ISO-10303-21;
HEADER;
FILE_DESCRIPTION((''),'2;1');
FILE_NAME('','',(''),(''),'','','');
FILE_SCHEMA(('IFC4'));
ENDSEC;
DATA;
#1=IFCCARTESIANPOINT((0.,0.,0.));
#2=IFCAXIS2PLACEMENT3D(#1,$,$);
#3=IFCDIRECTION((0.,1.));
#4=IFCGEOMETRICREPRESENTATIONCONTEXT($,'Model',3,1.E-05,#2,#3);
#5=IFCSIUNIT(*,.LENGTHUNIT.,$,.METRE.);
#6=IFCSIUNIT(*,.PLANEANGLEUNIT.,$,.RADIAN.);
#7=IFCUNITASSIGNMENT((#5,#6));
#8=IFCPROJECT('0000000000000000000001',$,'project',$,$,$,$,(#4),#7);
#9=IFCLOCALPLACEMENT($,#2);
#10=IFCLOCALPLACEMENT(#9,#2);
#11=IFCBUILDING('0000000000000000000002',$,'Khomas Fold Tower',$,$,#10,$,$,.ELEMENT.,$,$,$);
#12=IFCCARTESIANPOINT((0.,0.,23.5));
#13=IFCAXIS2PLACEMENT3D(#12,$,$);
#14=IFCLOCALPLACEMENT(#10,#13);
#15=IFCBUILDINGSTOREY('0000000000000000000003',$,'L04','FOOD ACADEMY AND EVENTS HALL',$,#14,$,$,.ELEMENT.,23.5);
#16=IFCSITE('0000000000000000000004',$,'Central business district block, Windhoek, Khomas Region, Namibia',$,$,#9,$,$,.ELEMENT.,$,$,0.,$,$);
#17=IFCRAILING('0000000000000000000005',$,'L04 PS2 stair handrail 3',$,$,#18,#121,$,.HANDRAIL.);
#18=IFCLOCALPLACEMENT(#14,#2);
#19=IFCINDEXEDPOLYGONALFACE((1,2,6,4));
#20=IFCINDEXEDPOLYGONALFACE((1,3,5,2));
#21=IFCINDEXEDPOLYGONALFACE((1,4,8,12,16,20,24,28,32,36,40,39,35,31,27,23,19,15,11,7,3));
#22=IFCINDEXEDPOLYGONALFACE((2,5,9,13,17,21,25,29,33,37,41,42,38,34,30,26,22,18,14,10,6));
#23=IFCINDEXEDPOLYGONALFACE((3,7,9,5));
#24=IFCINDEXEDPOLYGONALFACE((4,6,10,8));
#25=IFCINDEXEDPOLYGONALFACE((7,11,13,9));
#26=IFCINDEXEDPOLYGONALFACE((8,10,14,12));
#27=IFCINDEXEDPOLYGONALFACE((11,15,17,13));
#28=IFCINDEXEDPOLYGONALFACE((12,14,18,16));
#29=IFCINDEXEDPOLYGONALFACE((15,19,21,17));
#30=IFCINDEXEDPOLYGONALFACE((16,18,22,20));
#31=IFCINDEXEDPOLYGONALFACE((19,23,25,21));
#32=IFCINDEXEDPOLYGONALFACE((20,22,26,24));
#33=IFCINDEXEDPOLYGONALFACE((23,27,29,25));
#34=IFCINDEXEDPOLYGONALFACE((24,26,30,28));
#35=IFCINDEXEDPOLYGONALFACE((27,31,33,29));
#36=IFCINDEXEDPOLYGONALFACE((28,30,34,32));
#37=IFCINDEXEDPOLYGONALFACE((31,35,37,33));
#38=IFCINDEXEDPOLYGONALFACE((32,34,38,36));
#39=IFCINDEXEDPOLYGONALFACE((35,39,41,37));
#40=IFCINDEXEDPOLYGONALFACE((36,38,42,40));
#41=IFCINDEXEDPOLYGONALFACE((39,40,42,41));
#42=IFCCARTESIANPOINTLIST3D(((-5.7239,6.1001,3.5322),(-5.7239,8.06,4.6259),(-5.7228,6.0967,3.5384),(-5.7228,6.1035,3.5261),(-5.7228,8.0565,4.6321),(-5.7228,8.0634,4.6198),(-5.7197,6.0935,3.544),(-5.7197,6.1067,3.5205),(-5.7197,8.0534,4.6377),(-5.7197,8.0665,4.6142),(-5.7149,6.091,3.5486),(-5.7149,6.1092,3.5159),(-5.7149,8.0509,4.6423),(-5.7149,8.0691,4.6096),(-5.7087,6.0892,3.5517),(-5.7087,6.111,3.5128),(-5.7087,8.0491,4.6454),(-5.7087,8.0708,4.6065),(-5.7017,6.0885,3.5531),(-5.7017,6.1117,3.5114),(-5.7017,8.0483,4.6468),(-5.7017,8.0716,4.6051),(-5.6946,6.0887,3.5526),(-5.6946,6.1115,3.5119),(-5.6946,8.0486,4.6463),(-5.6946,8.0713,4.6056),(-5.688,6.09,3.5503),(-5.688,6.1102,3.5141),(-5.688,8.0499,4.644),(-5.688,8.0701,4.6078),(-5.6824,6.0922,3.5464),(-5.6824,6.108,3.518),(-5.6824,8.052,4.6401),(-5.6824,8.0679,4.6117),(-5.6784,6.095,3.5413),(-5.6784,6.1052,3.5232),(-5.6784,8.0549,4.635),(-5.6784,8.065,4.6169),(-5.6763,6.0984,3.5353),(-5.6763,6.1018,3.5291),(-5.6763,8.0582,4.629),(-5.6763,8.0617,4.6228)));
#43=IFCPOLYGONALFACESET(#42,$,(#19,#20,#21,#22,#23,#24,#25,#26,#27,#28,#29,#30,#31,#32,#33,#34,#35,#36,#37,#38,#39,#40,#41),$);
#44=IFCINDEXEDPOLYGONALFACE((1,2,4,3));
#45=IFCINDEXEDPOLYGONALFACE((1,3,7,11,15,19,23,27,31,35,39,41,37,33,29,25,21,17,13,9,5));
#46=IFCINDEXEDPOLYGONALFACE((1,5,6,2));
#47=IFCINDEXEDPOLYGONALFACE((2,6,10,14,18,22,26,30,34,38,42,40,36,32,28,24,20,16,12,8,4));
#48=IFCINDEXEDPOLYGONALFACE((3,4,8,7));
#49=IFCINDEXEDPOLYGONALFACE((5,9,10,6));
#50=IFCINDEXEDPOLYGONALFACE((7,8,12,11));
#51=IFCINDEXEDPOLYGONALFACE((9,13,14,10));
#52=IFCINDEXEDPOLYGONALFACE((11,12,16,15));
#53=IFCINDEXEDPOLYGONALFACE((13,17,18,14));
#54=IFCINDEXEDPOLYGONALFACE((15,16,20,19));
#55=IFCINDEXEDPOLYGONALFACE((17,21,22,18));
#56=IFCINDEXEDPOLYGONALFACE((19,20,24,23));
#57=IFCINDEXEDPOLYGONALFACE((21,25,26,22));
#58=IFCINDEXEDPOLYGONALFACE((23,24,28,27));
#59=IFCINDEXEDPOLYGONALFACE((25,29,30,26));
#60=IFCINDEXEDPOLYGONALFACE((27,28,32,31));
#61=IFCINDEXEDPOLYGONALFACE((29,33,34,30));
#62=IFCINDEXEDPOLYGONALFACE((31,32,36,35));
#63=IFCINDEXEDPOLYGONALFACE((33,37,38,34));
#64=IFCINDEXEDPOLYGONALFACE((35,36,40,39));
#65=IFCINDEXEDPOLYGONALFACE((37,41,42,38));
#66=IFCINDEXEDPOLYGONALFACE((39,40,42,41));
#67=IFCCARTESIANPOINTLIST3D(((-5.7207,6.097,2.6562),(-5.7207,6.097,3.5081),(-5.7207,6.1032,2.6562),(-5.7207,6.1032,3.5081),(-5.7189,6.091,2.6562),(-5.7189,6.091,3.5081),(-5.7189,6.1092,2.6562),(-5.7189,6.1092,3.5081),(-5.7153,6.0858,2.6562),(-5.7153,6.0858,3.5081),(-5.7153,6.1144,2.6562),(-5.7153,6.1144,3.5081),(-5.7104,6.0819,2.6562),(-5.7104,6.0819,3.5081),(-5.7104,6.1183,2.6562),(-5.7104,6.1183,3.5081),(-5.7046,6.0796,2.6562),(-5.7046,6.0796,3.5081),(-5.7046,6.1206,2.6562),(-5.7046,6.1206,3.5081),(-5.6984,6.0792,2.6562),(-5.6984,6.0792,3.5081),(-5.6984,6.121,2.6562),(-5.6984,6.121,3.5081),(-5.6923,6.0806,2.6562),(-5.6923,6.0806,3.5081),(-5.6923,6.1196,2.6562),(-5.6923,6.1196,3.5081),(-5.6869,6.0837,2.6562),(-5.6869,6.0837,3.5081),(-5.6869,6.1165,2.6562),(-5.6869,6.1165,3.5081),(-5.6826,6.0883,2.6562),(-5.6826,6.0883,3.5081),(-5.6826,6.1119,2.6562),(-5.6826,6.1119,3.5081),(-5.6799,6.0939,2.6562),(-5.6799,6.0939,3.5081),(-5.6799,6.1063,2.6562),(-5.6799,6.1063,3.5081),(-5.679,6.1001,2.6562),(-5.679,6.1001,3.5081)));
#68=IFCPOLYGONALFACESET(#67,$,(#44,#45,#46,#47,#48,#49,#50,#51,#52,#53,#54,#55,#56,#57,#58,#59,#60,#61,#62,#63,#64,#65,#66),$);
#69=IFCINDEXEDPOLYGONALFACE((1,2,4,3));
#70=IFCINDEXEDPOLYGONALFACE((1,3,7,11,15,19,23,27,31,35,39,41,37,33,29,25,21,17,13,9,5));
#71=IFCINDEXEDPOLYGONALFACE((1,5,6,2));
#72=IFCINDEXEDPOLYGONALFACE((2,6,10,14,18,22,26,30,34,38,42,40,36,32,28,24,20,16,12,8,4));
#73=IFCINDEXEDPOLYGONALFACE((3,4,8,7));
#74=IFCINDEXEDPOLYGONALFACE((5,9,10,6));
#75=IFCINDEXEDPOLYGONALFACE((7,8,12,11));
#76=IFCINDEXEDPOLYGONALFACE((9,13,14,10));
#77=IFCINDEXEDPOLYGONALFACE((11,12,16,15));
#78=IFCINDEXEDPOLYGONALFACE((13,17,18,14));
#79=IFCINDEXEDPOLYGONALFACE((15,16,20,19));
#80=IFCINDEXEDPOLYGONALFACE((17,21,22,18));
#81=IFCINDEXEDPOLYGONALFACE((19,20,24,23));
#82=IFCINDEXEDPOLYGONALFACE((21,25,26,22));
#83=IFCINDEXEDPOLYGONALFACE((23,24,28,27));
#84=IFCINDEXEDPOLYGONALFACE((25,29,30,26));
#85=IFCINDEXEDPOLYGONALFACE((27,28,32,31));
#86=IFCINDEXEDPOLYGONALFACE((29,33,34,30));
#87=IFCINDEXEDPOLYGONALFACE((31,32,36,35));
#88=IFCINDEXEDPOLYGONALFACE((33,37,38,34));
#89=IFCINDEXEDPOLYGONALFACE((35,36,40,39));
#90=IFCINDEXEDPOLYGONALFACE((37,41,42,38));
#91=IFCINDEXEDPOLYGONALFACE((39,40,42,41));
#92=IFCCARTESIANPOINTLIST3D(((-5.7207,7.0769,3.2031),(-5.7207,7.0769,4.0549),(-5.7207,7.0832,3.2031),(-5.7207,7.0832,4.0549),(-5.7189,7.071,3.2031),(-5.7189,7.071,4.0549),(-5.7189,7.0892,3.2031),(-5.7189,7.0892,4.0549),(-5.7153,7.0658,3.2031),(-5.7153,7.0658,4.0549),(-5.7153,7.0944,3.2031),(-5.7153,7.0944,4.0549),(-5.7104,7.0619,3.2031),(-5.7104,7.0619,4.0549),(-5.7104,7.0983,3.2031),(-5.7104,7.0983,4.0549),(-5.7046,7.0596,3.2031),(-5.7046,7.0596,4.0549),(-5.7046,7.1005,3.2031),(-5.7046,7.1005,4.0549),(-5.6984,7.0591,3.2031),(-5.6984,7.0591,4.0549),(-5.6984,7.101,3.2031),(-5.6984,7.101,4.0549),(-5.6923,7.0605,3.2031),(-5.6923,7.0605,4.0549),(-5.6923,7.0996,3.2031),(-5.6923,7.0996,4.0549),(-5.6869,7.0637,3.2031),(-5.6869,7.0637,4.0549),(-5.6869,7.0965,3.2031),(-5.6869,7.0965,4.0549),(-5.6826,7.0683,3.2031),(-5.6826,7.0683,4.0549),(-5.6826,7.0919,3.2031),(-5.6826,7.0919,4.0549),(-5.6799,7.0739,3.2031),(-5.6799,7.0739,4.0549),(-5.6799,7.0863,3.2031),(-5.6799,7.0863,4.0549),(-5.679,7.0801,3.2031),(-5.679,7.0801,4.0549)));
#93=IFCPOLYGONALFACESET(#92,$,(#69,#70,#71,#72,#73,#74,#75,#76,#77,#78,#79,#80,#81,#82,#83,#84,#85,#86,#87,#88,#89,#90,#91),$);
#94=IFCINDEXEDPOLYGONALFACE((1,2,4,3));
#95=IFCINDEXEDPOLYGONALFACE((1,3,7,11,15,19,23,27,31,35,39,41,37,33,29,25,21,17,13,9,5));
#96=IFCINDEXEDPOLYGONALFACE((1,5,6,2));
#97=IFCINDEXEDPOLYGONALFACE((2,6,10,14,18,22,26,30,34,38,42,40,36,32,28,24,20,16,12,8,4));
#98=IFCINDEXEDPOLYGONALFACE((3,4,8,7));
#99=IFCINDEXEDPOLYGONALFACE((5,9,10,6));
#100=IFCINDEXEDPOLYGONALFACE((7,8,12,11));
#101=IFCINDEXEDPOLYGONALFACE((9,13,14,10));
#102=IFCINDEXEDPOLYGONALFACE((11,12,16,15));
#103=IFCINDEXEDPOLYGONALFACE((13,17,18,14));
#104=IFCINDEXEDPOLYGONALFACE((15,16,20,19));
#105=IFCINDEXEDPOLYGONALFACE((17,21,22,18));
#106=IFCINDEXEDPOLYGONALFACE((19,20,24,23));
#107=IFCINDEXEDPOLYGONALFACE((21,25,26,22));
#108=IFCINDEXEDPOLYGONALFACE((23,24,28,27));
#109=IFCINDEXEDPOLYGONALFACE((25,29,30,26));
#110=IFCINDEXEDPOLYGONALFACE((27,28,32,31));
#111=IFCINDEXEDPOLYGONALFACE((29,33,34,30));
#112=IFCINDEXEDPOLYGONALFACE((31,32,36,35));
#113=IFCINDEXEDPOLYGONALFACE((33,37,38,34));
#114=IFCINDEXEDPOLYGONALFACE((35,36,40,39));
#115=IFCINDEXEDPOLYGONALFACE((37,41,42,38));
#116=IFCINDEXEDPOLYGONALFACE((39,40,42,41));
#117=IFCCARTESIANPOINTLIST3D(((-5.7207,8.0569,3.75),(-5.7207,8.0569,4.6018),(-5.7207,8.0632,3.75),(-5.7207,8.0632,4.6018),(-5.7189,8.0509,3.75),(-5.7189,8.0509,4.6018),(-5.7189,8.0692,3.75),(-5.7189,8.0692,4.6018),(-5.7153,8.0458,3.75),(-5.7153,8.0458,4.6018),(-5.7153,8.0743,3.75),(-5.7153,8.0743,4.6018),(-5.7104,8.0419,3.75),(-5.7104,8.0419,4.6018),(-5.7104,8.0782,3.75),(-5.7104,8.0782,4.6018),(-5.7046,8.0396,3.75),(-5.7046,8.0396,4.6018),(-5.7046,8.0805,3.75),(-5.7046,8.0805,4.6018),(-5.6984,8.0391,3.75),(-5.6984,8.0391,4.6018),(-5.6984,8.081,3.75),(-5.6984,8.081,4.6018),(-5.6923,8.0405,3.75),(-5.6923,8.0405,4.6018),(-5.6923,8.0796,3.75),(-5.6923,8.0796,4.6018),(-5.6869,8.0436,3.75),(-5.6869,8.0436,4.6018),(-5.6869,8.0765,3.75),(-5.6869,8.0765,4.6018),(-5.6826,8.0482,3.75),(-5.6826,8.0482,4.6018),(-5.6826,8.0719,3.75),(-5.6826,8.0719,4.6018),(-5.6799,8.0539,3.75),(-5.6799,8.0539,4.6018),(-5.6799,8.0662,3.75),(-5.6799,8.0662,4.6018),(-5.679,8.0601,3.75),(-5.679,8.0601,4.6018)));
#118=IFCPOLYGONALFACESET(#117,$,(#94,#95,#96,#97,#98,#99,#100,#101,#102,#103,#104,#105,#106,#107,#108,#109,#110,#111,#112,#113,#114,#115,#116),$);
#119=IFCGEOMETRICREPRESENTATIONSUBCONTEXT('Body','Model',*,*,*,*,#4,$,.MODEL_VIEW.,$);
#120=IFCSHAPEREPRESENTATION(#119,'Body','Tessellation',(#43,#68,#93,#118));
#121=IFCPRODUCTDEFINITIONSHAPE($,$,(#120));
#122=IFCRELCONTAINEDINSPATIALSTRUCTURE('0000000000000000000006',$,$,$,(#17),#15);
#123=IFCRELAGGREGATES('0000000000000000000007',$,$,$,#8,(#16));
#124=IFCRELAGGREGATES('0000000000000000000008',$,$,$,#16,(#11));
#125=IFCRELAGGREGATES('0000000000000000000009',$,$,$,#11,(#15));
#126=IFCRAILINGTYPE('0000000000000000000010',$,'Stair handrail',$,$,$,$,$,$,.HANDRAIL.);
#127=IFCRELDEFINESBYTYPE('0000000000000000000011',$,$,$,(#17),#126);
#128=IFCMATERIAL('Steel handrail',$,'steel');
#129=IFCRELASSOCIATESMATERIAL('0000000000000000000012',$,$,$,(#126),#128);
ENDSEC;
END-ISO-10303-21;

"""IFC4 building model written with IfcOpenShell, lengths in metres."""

from ifc_helpers import new_model, si_unit, direction, frame, origin, origin_2d, place, context, subcontext, project, spatial, circle, extrude, source, transform, mapped, material, type_object, element, save


model = new_model("IFC4")

# Units and contexts
model_context = context("Model", 3, precision=1e-05, world=origin(), true_north=direction((0.0, 1.0)))
body_context = subcontext(model_context, "Body", "Model", "MODEL_VIEW")
ifc_project = project(units=[si_unit("LENGTHUNIT", "METRE"), si_unit("PLANEANGLEUNIT", "RADIAN")], contexts=[model_context])

# Site, building, storey
site_placement = place(None, origin())
site = spatial("IfcSite", under=ifc_project, at=site_placement, Name="Central business district block, Windhoek, Khomas Region, Namibia", CompositionType="ELEMENT", RefElevation=0.0)
building_placement = place(site_placement, origin())
building = spatial("IfcBuilding", under=site, at=building_placement, Name="Khomas Fold Tower", CompositionType="ELEMENT")
storey_placement = place(building_placement, frame((0.0, 0.0, 23.5)))
storey = spatial("IfcBuildingStorey", under=building, at=storey_placement, Name="L04", Description="FOOD ACADEMY AND EVENTS HALL", CompositionType="ELEMENT", Elevation=23.5)

# Railing
ifc_material_1 = material(Name="Steel handrail", Category="steel")
railing_type_1 = type_object("IfcRailingType", Name="Stair handrail", PredefinedType="HANDRAIL", material=ifc_material_1)
shared_shape_1 = source(origin(), body_context, "Body", "SweptSolid", [
    extrude(circle(Radius=0.0239, at=origin_2d()), frame((0.0, 0.0, 0.876), z_axis=(0.0, 0.873232, 0.487304), x_axis=(-1.0, 0.0, 0.0)), (0.0, 0.0, 1.0), 2.2444),
    extrude(circle(Radius=0.021, at=origin_2d()), origin(), (0.0, 0.0, 1.0), 0.8518),
    extrude(circle(Radius=0.021, at=origin_2d()), frame((0.0, 0.98, 0.5469)), (0.0, 0.0, 1.0), 0.8518),
    extrude(circle(Radius=0.021, at=origin_2d()), frame((0.0, 1.96, 1.0938)), (0.0, 0.0, 1.0), 0.8518),
])
for number, where, name in (
    (1, (-5.7, 6.1001, 2.6562), "L04 PS2 stair handrail 3"),
):
    element("IfcRailing", number, at=place(storey_placement, frame(where)), inside=storey, type_object=railing_type_1, Name=name, PredefinedType="HANDRAIL", context=body_context, shape_type="MappedRepresentation", body=[
        mapped(shared_shape_1, transform((0.0, 0.0, 0.0))),
    ])

save(model, "model.ifc")
